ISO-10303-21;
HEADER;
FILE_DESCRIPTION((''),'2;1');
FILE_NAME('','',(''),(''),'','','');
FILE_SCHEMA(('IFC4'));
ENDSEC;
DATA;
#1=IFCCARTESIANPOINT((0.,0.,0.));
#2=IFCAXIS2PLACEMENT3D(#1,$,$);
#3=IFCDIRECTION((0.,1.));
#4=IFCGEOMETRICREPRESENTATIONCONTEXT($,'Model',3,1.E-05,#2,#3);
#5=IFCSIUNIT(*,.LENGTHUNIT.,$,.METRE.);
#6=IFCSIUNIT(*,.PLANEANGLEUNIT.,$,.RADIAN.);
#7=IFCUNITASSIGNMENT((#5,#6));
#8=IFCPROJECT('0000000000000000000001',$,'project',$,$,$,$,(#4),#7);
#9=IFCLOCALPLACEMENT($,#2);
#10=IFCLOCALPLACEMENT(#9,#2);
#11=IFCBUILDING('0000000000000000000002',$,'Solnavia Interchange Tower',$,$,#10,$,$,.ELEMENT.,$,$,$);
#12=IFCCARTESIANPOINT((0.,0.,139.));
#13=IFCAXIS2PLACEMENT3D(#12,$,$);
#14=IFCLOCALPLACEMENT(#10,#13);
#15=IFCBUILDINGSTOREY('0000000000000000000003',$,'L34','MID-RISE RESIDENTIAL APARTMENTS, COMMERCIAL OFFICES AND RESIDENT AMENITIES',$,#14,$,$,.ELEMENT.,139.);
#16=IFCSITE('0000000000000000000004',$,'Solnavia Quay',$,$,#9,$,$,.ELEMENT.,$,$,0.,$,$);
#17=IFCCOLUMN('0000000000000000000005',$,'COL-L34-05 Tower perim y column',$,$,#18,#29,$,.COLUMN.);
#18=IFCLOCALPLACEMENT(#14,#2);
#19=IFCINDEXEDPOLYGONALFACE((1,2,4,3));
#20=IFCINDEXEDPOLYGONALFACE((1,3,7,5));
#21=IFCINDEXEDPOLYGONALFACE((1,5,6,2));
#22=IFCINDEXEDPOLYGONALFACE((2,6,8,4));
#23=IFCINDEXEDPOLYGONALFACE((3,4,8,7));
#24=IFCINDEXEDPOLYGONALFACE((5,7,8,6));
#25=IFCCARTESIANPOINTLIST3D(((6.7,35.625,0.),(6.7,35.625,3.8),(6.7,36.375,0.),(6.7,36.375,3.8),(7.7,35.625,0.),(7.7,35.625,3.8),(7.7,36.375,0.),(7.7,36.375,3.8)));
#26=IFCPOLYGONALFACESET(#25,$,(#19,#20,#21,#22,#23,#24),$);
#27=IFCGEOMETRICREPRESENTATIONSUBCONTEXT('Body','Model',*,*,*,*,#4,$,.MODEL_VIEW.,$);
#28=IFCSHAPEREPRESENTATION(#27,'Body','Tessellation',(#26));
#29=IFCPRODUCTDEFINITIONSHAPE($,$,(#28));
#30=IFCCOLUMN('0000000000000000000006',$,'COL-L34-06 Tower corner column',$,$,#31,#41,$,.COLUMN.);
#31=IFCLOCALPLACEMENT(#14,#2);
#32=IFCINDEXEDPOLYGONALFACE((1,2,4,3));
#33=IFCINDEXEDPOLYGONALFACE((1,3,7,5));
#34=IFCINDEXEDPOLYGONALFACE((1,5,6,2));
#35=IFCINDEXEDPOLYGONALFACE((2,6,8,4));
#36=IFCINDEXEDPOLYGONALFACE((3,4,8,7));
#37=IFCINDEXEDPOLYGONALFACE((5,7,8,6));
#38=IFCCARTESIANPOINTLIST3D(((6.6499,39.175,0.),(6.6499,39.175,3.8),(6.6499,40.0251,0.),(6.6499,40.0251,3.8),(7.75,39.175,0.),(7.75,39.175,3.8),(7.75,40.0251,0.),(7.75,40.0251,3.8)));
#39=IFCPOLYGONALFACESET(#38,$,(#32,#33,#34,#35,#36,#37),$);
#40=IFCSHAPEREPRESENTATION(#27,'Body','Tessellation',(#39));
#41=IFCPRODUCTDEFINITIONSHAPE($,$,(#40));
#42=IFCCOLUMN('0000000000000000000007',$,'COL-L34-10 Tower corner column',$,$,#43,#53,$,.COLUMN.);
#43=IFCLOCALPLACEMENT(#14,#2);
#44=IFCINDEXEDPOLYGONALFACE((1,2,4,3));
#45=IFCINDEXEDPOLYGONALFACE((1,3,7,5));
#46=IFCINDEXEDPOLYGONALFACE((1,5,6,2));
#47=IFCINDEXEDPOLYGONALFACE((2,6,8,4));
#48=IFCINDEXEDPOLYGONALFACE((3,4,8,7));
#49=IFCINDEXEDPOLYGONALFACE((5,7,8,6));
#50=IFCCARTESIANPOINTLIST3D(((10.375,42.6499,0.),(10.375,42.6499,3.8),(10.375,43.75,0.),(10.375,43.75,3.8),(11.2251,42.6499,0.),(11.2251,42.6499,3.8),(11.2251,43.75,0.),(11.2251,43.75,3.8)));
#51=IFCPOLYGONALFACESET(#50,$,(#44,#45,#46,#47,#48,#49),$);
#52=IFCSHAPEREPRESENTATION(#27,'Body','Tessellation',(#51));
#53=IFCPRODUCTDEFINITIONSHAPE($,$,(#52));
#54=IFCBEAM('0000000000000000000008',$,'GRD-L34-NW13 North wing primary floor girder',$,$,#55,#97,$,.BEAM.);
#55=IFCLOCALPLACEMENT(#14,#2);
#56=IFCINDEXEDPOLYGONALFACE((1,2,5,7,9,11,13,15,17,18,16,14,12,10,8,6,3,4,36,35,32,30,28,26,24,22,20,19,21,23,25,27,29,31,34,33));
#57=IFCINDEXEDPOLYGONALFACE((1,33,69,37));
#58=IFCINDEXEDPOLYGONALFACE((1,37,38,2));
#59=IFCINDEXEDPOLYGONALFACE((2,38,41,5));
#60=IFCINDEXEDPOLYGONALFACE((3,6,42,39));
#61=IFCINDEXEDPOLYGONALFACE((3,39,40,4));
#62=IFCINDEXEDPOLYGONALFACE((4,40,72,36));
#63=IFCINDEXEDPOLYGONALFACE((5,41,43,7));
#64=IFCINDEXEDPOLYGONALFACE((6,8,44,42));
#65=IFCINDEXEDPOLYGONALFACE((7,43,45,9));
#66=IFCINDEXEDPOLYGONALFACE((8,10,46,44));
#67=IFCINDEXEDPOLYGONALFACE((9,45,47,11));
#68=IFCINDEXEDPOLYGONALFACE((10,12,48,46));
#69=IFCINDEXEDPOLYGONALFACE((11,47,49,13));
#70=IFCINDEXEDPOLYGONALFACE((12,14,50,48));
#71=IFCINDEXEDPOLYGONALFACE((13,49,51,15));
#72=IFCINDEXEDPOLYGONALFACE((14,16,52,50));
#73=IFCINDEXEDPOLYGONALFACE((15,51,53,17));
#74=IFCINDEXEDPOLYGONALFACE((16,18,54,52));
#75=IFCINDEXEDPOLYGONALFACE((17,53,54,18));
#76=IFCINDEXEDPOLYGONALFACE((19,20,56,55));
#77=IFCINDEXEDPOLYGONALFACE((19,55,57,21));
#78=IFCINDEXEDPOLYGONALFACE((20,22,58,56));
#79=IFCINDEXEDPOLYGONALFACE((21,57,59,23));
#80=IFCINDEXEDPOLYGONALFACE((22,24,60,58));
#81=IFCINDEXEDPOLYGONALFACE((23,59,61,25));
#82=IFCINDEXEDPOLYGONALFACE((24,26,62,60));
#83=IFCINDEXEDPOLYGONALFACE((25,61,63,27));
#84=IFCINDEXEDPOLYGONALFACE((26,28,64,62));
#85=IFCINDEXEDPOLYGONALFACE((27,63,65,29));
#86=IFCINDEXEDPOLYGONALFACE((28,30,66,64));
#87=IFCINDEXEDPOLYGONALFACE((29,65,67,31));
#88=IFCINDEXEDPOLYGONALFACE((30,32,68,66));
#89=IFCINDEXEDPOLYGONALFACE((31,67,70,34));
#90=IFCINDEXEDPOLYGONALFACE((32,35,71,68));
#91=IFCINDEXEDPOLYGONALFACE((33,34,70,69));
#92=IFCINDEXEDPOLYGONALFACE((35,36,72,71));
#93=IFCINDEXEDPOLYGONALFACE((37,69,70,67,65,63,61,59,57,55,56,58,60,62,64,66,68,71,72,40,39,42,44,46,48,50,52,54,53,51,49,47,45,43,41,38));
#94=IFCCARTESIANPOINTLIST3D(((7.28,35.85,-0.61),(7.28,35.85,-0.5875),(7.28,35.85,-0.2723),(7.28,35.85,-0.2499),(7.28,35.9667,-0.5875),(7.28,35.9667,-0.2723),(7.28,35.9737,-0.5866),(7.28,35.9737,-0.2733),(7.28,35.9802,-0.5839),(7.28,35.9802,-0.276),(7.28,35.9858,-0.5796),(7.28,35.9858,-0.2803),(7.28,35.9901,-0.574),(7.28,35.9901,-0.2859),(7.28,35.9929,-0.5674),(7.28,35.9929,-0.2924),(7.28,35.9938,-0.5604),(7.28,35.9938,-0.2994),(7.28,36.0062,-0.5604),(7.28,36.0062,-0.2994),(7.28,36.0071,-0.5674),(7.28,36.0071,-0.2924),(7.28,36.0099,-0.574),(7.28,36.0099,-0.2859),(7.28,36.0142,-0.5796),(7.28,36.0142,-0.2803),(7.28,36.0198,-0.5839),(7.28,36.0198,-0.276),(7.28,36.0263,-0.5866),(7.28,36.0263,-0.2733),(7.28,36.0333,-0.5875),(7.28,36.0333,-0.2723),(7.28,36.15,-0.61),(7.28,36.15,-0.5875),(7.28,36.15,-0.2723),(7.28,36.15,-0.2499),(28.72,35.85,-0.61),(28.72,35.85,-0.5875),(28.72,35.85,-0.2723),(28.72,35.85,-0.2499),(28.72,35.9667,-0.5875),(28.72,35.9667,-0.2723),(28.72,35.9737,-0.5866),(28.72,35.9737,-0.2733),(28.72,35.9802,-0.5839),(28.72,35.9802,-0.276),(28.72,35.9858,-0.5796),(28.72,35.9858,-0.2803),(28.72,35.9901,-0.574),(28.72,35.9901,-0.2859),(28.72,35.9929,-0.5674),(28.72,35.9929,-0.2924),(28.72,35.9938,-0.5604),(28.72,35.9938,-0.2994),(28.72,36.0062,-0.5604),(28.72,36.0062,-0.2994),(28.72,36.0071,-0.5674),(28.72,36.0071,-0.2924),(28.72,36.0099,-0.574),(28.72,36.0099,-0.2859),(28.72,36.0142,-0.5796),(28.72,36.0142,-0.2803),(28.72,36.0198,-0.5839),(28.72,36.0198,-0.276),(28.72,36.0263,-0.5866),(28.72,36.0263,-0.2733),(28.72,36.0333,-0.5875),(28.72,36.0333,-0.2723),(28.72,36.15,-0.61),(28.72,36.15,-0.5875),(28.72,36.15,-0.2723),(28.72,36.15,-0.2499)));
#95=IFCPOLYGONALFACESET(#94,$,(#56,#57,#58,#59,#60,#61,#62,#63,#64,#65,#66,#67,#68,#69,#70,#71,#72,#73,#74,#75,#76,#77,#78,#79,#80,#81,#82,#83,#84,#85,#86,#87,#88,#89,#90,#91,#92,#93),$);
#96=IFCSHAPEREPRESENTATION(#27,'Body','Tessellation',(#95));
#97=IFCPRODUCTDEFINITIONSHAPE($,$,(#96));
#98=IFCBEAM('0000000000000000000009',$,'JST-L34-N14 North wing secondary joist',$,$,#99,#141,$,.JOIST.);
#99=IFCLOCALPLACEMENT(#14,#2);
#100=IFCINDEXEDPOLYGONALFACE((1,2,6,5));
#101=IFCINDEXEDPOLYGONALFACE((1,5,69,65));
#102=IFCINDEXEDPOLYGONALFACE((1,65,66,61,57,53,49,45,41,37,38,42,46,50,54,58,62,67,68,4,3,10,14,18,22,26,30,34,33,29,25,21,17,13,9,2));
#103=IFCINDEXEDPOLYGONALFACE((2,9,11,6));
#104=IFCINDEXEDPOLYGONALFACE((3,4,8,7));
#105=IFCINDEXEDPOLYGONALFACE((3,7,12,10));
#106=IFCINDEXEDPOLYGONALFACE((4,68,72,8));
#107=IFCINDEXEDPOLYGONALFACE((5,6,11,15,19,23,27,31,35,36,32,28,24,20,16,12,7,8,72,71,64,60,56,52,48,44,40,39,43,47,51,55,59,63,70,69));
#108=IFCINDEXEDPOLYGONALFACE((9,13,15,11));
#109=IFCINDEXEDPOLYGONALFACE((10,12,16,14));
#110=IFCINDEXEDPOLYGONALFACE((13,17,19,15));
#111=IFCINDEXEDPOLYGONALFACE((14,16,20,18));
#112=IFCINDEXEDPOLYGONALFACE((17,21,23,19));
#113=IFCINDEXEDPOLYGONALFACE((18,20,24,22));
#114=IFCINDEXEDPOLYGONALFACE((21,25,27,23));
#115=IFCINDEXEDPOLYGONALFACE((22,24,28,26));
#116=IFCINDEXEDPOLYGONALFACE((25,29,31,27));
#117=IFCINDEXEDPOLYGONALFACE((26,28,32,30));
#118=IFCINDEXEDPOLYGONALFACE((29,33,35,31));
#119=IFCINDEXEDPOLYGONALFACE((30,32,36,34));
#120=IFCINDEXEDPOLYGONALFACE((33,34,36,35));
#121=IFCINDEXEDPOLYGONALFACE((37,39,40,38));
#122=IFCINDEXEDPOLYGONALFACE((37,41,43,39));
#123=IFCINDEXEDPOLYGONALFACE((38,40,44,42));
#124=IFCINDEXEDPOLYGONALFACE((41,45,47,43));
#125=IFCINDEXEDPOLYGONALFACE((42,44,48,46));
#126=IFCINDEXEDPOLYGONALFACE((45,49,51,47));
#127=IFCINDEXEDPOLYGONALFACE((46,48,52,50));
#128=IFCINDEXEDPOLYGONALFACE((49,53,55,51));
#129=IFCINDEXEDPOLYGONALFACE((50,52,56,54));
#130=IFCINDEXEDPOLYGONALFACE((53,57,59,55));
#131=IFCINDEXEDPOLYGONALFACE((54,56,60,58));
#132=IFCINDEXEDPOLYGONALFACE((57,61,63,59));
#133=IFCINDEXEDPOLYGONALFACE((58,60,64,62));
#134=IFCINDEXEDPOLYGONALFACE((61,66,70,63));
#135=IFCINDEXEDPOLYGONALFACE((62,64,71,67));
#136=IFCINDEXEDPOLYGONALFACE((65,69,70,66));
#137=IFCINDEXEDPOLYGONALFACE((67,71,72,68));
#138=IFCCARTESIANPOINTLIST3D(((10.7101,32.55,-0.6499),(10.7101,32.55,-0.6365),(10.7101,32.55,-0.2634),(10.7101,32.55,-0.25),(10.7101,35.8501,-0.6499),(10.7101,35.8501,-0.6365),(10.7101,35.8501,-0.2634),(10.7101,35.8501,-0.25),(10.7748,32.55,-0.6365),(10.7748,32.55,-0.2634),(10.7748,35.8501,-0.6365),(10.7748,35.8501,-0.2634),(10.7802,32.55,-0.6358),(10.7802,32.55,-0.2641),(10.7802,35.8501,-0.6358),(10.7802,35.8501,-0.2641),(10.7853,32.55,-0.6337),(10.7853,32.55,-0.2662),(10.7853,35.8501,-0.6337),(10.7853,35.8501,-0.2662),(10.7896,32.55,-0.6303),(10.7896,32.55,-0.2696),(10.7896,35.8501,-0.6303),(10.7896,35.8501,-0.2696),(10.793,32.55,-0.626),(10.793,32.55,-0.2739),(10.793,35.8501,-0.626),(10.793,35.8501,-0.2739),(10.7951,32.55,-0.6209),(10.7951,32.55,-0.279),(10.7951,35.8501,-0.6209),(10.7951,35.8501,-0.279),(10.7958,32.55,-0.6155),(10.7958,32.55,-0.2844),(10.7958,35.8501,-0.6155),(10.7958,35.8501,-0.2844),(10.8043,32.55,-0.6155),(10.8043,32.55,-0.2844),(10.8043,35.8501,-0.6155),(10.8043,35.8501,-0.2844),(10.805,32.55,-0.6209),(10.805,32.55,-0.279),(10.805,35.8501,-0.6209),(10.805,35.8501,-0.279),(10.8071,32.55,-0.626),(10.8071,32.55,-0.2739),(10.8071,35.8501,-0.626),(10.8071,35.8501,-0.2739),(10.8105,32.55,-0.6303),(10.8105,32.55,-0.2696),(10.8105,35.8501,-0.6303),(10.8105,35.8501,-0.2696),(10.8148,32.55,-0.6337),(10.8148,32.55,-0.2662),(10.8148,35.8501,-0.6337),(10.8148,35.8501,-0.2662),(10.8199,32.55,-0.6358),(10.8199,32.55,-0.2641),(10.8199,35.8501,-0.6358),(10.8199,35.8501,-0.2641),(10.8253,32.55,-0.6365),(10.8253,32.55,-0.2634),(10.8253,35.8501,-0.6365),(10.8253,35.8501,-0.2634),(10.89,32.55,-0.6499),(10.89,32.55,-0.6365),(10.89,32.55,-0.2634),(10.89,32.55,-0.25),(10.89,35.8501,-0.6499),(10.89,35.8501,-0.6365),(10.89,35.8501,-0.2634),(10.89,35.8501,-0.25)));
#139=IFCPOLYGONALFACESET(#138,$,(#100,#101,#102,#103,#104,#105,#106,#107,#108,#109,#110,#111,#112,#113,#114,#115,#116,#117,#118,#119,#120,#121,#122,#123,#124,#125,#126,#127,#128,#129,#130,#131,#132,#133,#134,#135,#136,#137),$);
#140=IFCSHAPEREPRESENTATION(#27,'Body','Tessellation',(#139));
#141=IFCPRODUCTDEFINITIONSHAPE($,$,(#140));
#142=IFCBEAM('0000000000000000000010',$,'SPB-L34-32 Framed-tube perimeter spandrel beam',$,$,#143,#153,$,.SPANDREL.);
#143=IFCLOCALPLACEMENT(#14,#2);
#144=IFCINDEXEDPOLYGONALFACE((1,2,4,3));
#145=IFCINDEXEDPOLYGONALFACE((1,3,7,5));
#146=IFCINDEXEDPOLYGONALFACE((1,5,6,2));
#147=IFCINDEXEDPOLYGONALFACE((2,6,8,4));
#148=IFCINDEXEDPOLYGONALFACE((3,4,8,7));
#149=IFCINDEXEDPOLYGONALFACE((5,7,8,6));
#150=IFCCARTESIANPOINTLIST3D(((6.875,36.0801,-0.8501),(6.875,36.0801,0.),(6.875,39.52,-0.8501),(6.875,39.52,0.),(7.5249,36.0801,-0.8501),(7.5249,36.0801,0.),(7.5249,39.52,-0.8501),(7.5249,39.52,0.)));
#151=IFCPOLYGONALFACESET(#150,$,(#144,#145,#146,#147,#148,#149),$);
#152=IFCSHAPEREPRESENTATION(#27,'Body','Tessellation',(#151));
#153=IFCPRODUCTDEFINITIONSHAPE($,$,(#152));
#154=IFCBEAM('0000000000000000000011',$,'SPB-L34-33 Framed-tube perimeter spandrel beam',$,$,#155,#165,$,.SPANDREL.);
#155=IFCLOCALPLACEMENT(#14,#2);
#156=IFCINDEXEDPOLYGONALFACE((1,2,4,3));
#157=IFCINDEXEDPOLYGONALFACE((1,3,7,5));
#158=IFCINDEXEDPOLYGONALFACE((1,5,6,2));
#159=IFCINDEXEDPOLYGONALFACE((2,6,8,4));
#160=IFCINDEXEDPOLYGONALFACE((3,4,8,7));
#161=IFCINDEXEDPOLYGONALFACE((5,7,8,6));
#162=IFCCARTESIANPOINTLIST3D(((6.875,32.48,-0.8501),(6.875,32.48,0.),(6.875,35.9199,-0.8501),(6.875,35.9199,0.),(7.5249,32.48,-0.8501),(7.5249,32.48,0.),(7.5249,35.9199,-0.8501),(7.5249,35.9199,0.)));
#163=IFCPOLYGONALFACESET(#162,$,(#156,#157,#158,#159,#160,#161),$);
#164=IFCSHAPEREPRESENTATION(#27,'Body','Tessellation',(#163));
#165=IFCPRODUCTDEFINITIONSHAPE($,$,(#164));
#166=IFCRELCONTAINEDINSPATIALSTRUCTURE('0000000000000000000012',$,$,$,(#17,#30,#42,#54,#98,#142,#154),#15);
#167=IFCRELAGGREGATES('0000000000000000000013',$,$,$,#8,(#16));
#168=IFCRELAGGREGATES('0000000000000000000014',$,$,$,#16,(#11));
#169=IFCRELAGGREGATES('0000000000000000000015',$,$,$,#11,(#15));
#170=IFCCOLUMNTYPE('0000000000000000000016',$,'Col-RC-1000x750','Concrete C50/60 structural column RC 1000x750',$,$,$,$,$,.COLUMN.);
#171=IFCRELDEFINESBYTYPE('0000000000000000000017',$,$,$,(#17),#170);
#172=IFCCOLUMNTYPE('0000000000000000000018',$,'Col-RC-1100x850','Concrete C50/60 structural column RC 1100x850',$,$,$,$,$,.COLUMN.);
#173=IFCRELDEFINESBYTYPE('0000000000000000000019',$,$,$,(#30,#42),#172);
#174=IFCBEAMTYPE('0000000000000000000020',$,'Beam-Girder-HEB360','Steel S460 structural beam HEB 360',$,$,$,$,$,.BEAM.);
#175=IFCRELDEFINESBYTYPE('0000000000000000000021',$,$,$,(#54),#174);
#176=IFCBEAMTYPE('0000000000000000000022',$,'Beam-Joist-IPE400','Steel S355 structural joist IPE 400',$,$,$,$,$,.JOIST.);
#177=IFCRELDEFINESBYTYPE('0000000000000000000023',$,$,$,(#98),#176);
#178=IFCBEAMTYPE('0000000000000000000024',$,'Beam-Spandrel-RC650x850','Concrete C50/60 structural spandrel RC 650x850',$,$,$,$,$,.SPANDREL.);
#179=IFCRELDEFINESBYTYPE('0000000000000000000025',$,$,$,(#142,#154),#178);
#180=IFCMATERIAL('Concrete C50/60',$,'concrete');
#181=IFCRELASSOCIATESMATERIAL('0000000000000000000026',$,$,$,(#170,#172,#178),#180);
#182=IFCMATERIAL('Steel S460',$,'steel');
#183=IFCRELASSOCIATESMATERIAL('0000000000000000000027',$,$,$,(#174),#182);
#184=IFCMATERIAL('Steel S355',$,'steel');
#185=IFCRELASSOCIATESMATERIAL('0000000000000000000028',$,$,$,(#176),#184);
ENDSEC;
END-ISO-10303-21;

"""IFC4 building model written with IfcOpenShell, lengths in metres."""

from ifc_helpers import new_model, si_unit, direction, frame, origin, origin_2d, place, context, subcontext, project, spatial, rectangle, i_section, extrude, material, material_profile, profile_set, type_object, element, save


model = new_model("IFC4")

# Units and contexts
model_context = context("Model", 3, precision=1e-05, world=origin(), true_north=direction((0.0, 1.0)))
body_context = subcontext(model_context, "Body", "Model", "MODEL_VIEW")
ifc_project = project(units=[si_unit("LENGTHUNIT", "METRE"), si_unit("PLANEANGLEUNIT", "RADIAN")], contexts=[model_context])

# Site, building, storey
site_placement = place(None, origin())
site = spatial("IfcSite", under=ifc_project, at=site_placement, Name="Solnavia Quay", CompositionType="ELEMENT", RefElevation=0.0)
building_placement = place(site_placement, origin())
building = spatial("IfcBuilding", under=site, at=building_placement, Name="Solnavia Interchange Tower", CompositionType="ELEMENT")
storey_placement = place(building_placement, frame((0.0, 0.0, 139.0)))
storey = spatial("IfcBuildingStorey", under=building, at=storey_placement, Name="L34", Description="MID-RISE RESIDENTIAL APARTMENTS, COMMERCIAL OFFICES AND RESIDENT AMENITIES", CompositionType="ELEMENT", Elevation=139.0)

# Columns
ifc_material_1 = material(Name="Concrete C50/60", Category="concrete")
ifc_material_profile_1 = material_profile(ifc_material_1, rectangle(XDim=0.75, YDim=1.0, at=origin_2d()), Name="RC 1000x750")
ifc_profile_set_1 = profile_set([ifc_material_profile_1], Name="Concrete C50/60")
column_type_1 = type_object("IfcColumnType", Name="Col-RC-1000x750", Description="Concrete C50/60 structural column RC 1000x750", PredefinedType="COLUMN", material=ifc_profile_set_1)
column_placement = place(storey_placement, frame((7.2, 36.0, 0.0), z_axis=(0.0, 0.0, 1.0), x_axis=(0.0, 1.0, 0.0)))
element("IfcColumn", 1, at=column_placement, inside=storey, type_object=column_type_1, Name="COL-L34-05 Tower perim y column", PredefinedType="COLUMN", context=body_context, shape_type="SweptSolid", body=[
    extrude(rectangle(XDim=0.75, YDim=1.0, at=origin_2d()), origin(), (0.0, 0.0, 1.0), 3.8),
])
ifc_material_profile_2 = material_profile(ifc_material_1, rectangle(XDim=0.8501, YDim=1.1001, at=origin_2d()), Name="RC 1100x850")
ifc_profile_set_2 = profile_set([ifc_material_profile_2], Name="Concrete C50/60")
column_type_2 = type_object("IfcColumnType", Name="Col-RC-1100x850", Description="Concrete C50/60 structural column RC 1100x850", PredefinedType="COLUMN", material=ifc_profile_set_2)
for number, where, z_axis, x_axis, name in (
    (2, (7.2, 39.6001, 0.0), (0.0, 0.0, 1.0), (0.0, 1.0, 0.0), "COL-L34-06 Tower corner column"),
    (3, (10.8, 43.2, 0.0), (0.0, 0.0, 1.0), (1.0, 0.0, 0.0), "COL-L34-10 Tower corner column"),
):
    element("IfcColumn", number, at=place(storey_placement, frame(where, z_axis=z_axis, x_axis=x_axis)), inside=storey, type_object=column_type_2, Name=name, PredefinedType="COLUMN", context=body_context, shape_type="SweptSolid", body=[
        extrude(rectangle(XDim=0.8501, YDim=1.1001, at=origin_2d()), origin(), (0.0, 0.0, 1.0), 3.8),
    ])

# Beams
ifc_material_2 = material(Name="Steel S460", Category="steel")
ifc_material_profile_3 = material_profile(ifc_material_2, i_section(OverallWidth=0.3, OverallDepth=0.3601, WebThickness=0.0125, FlangeThickness=0.0225, FilletRadius=0.0271, at=origin_2d()), Name="HEB 360")
ifc_profile_set_3 = profile_set([ifc_material_profile_3], Name="Steel S460")
beam_type_1 = type_object("IfcBeamType", Name="Beam-Girder-HEB360", Description="Steel S460 structural beam HEB 360", PredefinedType="BEAM", material=ifc_profile_set_3)
beam_1_placement = place(storey_placement, frame((7.28, 36.0, -0.4299), z_axis=(1.0, 0.0, 0.0), x_axis=(0.0, 1.0, 0.0)))
element("IfcBeam", 4, at=beam_1_placement, inside=storey, type_object=beam_type_1, Name="GRD-L34-NW13 North wing primary floor girder", PredefinedType="BEAM", context=body_context, shape_type="SweptSolid", body=[
    extrude(i_section(OverallWidth=0.3, OverallDepth=0.3601, WebThickness=0.0125, FlangeThickness=0.0225, FilletRadius=0.0271, at=origin_2d()), origin(), (0.0, 0.0, 1.0), 21.4399),
])
ifc_material_3 = material(Name="Steel S355", Category="steel")
ifc_material_profile_4 = material_profile(ifc_material_3, i_section(OverallWidth=0.1799, OverallDepth=0.3999, WebThickness=0.0085, FlangeThickness=0.0134, FilletRadius=0.021, at=origin_2d()), Name="IPE 400")
ifc_profile_set_4 = profile_set([ifc_material_profile_4], Name="Steel S355")
beam_type_2 = type_object("IfcBeamType", Name="Beam-Joist-IPE400", Description="Steel S355 structural joist IPE 400", PredefinedType="JOIST", material=ifc_profile_set_4)
beam_2_placement = place(storey_placement, frame((10.8, 32.55, -0.45), z_axis=(0.0, 1.0, 0.0), x_axis=(-1.0, 0.0, 0.0)))
element("IfcBeam", 5, at=beam_2_placement, inside=storey, type_object=beam_type_2, Name="JST-L34-N14 North wing secondary joist", PredefinedType="JOIST", context=body_context, shape_type="SweptSolid", body=[
    extrude(i_section(OverallWidth=0.1799, OverallDepth=0.3999, WebThickness=0.0085, FlangeThickness=0.0134, FilletRadius=0.021, at=origin_2d()), origin(), (0.0, 0.0, 1.0), 3.3),
])
ifc_material_profile_5 = material_profile(ifc_material_1, rectangle(XDim=0.6499, YDim=0.8501, at=origin_2d()), Name="RC 650x850")
ifc_profile_set_5 = profile_set([ifc_material_profile_5], Name="Concrete C50/60")
beam_type_3 = type_object("IfcBeamType", Name="Beam-Spandrel-RC650x850", Description="Concrete C50/60 structural spandrel RC 650x850", PredefinedType="SPANDREL", material=ifc_profile_set_5)
for number, where, z_axis, x_axis, name in (
    (6, (7.2, 39.52, -0.425), (0.0, -1.0, 0.0), (1.0, 0.0, 0.0), "SPB-L34-32 Framed-tube perimeter spandrel beam"),
    (7, (7.2, 35.9199, -0.425), (0.0, -1.0, 0.0), (1.0, 0.0, 0.0), "SPB-L34-33 Framed-tube perimeter spandrel beam"),
):
    element("IfcBeam", number, at=place(storey_placement, frame(where, z_axis=z_axis, x_axis=x_axis)), inside=storey, type_object=beam_type_3, Name=name, PredefinedType="SPANDREL", context=body_context, shape_type="SweptSolid", body=[
        extrude(rectangle(XDim=0.6499, YDim=0.8501, at=origin_2d()), origin(), (0.0, 0.0, 1.0), 3.4399),
    ])

save(model, "model.ifc")
